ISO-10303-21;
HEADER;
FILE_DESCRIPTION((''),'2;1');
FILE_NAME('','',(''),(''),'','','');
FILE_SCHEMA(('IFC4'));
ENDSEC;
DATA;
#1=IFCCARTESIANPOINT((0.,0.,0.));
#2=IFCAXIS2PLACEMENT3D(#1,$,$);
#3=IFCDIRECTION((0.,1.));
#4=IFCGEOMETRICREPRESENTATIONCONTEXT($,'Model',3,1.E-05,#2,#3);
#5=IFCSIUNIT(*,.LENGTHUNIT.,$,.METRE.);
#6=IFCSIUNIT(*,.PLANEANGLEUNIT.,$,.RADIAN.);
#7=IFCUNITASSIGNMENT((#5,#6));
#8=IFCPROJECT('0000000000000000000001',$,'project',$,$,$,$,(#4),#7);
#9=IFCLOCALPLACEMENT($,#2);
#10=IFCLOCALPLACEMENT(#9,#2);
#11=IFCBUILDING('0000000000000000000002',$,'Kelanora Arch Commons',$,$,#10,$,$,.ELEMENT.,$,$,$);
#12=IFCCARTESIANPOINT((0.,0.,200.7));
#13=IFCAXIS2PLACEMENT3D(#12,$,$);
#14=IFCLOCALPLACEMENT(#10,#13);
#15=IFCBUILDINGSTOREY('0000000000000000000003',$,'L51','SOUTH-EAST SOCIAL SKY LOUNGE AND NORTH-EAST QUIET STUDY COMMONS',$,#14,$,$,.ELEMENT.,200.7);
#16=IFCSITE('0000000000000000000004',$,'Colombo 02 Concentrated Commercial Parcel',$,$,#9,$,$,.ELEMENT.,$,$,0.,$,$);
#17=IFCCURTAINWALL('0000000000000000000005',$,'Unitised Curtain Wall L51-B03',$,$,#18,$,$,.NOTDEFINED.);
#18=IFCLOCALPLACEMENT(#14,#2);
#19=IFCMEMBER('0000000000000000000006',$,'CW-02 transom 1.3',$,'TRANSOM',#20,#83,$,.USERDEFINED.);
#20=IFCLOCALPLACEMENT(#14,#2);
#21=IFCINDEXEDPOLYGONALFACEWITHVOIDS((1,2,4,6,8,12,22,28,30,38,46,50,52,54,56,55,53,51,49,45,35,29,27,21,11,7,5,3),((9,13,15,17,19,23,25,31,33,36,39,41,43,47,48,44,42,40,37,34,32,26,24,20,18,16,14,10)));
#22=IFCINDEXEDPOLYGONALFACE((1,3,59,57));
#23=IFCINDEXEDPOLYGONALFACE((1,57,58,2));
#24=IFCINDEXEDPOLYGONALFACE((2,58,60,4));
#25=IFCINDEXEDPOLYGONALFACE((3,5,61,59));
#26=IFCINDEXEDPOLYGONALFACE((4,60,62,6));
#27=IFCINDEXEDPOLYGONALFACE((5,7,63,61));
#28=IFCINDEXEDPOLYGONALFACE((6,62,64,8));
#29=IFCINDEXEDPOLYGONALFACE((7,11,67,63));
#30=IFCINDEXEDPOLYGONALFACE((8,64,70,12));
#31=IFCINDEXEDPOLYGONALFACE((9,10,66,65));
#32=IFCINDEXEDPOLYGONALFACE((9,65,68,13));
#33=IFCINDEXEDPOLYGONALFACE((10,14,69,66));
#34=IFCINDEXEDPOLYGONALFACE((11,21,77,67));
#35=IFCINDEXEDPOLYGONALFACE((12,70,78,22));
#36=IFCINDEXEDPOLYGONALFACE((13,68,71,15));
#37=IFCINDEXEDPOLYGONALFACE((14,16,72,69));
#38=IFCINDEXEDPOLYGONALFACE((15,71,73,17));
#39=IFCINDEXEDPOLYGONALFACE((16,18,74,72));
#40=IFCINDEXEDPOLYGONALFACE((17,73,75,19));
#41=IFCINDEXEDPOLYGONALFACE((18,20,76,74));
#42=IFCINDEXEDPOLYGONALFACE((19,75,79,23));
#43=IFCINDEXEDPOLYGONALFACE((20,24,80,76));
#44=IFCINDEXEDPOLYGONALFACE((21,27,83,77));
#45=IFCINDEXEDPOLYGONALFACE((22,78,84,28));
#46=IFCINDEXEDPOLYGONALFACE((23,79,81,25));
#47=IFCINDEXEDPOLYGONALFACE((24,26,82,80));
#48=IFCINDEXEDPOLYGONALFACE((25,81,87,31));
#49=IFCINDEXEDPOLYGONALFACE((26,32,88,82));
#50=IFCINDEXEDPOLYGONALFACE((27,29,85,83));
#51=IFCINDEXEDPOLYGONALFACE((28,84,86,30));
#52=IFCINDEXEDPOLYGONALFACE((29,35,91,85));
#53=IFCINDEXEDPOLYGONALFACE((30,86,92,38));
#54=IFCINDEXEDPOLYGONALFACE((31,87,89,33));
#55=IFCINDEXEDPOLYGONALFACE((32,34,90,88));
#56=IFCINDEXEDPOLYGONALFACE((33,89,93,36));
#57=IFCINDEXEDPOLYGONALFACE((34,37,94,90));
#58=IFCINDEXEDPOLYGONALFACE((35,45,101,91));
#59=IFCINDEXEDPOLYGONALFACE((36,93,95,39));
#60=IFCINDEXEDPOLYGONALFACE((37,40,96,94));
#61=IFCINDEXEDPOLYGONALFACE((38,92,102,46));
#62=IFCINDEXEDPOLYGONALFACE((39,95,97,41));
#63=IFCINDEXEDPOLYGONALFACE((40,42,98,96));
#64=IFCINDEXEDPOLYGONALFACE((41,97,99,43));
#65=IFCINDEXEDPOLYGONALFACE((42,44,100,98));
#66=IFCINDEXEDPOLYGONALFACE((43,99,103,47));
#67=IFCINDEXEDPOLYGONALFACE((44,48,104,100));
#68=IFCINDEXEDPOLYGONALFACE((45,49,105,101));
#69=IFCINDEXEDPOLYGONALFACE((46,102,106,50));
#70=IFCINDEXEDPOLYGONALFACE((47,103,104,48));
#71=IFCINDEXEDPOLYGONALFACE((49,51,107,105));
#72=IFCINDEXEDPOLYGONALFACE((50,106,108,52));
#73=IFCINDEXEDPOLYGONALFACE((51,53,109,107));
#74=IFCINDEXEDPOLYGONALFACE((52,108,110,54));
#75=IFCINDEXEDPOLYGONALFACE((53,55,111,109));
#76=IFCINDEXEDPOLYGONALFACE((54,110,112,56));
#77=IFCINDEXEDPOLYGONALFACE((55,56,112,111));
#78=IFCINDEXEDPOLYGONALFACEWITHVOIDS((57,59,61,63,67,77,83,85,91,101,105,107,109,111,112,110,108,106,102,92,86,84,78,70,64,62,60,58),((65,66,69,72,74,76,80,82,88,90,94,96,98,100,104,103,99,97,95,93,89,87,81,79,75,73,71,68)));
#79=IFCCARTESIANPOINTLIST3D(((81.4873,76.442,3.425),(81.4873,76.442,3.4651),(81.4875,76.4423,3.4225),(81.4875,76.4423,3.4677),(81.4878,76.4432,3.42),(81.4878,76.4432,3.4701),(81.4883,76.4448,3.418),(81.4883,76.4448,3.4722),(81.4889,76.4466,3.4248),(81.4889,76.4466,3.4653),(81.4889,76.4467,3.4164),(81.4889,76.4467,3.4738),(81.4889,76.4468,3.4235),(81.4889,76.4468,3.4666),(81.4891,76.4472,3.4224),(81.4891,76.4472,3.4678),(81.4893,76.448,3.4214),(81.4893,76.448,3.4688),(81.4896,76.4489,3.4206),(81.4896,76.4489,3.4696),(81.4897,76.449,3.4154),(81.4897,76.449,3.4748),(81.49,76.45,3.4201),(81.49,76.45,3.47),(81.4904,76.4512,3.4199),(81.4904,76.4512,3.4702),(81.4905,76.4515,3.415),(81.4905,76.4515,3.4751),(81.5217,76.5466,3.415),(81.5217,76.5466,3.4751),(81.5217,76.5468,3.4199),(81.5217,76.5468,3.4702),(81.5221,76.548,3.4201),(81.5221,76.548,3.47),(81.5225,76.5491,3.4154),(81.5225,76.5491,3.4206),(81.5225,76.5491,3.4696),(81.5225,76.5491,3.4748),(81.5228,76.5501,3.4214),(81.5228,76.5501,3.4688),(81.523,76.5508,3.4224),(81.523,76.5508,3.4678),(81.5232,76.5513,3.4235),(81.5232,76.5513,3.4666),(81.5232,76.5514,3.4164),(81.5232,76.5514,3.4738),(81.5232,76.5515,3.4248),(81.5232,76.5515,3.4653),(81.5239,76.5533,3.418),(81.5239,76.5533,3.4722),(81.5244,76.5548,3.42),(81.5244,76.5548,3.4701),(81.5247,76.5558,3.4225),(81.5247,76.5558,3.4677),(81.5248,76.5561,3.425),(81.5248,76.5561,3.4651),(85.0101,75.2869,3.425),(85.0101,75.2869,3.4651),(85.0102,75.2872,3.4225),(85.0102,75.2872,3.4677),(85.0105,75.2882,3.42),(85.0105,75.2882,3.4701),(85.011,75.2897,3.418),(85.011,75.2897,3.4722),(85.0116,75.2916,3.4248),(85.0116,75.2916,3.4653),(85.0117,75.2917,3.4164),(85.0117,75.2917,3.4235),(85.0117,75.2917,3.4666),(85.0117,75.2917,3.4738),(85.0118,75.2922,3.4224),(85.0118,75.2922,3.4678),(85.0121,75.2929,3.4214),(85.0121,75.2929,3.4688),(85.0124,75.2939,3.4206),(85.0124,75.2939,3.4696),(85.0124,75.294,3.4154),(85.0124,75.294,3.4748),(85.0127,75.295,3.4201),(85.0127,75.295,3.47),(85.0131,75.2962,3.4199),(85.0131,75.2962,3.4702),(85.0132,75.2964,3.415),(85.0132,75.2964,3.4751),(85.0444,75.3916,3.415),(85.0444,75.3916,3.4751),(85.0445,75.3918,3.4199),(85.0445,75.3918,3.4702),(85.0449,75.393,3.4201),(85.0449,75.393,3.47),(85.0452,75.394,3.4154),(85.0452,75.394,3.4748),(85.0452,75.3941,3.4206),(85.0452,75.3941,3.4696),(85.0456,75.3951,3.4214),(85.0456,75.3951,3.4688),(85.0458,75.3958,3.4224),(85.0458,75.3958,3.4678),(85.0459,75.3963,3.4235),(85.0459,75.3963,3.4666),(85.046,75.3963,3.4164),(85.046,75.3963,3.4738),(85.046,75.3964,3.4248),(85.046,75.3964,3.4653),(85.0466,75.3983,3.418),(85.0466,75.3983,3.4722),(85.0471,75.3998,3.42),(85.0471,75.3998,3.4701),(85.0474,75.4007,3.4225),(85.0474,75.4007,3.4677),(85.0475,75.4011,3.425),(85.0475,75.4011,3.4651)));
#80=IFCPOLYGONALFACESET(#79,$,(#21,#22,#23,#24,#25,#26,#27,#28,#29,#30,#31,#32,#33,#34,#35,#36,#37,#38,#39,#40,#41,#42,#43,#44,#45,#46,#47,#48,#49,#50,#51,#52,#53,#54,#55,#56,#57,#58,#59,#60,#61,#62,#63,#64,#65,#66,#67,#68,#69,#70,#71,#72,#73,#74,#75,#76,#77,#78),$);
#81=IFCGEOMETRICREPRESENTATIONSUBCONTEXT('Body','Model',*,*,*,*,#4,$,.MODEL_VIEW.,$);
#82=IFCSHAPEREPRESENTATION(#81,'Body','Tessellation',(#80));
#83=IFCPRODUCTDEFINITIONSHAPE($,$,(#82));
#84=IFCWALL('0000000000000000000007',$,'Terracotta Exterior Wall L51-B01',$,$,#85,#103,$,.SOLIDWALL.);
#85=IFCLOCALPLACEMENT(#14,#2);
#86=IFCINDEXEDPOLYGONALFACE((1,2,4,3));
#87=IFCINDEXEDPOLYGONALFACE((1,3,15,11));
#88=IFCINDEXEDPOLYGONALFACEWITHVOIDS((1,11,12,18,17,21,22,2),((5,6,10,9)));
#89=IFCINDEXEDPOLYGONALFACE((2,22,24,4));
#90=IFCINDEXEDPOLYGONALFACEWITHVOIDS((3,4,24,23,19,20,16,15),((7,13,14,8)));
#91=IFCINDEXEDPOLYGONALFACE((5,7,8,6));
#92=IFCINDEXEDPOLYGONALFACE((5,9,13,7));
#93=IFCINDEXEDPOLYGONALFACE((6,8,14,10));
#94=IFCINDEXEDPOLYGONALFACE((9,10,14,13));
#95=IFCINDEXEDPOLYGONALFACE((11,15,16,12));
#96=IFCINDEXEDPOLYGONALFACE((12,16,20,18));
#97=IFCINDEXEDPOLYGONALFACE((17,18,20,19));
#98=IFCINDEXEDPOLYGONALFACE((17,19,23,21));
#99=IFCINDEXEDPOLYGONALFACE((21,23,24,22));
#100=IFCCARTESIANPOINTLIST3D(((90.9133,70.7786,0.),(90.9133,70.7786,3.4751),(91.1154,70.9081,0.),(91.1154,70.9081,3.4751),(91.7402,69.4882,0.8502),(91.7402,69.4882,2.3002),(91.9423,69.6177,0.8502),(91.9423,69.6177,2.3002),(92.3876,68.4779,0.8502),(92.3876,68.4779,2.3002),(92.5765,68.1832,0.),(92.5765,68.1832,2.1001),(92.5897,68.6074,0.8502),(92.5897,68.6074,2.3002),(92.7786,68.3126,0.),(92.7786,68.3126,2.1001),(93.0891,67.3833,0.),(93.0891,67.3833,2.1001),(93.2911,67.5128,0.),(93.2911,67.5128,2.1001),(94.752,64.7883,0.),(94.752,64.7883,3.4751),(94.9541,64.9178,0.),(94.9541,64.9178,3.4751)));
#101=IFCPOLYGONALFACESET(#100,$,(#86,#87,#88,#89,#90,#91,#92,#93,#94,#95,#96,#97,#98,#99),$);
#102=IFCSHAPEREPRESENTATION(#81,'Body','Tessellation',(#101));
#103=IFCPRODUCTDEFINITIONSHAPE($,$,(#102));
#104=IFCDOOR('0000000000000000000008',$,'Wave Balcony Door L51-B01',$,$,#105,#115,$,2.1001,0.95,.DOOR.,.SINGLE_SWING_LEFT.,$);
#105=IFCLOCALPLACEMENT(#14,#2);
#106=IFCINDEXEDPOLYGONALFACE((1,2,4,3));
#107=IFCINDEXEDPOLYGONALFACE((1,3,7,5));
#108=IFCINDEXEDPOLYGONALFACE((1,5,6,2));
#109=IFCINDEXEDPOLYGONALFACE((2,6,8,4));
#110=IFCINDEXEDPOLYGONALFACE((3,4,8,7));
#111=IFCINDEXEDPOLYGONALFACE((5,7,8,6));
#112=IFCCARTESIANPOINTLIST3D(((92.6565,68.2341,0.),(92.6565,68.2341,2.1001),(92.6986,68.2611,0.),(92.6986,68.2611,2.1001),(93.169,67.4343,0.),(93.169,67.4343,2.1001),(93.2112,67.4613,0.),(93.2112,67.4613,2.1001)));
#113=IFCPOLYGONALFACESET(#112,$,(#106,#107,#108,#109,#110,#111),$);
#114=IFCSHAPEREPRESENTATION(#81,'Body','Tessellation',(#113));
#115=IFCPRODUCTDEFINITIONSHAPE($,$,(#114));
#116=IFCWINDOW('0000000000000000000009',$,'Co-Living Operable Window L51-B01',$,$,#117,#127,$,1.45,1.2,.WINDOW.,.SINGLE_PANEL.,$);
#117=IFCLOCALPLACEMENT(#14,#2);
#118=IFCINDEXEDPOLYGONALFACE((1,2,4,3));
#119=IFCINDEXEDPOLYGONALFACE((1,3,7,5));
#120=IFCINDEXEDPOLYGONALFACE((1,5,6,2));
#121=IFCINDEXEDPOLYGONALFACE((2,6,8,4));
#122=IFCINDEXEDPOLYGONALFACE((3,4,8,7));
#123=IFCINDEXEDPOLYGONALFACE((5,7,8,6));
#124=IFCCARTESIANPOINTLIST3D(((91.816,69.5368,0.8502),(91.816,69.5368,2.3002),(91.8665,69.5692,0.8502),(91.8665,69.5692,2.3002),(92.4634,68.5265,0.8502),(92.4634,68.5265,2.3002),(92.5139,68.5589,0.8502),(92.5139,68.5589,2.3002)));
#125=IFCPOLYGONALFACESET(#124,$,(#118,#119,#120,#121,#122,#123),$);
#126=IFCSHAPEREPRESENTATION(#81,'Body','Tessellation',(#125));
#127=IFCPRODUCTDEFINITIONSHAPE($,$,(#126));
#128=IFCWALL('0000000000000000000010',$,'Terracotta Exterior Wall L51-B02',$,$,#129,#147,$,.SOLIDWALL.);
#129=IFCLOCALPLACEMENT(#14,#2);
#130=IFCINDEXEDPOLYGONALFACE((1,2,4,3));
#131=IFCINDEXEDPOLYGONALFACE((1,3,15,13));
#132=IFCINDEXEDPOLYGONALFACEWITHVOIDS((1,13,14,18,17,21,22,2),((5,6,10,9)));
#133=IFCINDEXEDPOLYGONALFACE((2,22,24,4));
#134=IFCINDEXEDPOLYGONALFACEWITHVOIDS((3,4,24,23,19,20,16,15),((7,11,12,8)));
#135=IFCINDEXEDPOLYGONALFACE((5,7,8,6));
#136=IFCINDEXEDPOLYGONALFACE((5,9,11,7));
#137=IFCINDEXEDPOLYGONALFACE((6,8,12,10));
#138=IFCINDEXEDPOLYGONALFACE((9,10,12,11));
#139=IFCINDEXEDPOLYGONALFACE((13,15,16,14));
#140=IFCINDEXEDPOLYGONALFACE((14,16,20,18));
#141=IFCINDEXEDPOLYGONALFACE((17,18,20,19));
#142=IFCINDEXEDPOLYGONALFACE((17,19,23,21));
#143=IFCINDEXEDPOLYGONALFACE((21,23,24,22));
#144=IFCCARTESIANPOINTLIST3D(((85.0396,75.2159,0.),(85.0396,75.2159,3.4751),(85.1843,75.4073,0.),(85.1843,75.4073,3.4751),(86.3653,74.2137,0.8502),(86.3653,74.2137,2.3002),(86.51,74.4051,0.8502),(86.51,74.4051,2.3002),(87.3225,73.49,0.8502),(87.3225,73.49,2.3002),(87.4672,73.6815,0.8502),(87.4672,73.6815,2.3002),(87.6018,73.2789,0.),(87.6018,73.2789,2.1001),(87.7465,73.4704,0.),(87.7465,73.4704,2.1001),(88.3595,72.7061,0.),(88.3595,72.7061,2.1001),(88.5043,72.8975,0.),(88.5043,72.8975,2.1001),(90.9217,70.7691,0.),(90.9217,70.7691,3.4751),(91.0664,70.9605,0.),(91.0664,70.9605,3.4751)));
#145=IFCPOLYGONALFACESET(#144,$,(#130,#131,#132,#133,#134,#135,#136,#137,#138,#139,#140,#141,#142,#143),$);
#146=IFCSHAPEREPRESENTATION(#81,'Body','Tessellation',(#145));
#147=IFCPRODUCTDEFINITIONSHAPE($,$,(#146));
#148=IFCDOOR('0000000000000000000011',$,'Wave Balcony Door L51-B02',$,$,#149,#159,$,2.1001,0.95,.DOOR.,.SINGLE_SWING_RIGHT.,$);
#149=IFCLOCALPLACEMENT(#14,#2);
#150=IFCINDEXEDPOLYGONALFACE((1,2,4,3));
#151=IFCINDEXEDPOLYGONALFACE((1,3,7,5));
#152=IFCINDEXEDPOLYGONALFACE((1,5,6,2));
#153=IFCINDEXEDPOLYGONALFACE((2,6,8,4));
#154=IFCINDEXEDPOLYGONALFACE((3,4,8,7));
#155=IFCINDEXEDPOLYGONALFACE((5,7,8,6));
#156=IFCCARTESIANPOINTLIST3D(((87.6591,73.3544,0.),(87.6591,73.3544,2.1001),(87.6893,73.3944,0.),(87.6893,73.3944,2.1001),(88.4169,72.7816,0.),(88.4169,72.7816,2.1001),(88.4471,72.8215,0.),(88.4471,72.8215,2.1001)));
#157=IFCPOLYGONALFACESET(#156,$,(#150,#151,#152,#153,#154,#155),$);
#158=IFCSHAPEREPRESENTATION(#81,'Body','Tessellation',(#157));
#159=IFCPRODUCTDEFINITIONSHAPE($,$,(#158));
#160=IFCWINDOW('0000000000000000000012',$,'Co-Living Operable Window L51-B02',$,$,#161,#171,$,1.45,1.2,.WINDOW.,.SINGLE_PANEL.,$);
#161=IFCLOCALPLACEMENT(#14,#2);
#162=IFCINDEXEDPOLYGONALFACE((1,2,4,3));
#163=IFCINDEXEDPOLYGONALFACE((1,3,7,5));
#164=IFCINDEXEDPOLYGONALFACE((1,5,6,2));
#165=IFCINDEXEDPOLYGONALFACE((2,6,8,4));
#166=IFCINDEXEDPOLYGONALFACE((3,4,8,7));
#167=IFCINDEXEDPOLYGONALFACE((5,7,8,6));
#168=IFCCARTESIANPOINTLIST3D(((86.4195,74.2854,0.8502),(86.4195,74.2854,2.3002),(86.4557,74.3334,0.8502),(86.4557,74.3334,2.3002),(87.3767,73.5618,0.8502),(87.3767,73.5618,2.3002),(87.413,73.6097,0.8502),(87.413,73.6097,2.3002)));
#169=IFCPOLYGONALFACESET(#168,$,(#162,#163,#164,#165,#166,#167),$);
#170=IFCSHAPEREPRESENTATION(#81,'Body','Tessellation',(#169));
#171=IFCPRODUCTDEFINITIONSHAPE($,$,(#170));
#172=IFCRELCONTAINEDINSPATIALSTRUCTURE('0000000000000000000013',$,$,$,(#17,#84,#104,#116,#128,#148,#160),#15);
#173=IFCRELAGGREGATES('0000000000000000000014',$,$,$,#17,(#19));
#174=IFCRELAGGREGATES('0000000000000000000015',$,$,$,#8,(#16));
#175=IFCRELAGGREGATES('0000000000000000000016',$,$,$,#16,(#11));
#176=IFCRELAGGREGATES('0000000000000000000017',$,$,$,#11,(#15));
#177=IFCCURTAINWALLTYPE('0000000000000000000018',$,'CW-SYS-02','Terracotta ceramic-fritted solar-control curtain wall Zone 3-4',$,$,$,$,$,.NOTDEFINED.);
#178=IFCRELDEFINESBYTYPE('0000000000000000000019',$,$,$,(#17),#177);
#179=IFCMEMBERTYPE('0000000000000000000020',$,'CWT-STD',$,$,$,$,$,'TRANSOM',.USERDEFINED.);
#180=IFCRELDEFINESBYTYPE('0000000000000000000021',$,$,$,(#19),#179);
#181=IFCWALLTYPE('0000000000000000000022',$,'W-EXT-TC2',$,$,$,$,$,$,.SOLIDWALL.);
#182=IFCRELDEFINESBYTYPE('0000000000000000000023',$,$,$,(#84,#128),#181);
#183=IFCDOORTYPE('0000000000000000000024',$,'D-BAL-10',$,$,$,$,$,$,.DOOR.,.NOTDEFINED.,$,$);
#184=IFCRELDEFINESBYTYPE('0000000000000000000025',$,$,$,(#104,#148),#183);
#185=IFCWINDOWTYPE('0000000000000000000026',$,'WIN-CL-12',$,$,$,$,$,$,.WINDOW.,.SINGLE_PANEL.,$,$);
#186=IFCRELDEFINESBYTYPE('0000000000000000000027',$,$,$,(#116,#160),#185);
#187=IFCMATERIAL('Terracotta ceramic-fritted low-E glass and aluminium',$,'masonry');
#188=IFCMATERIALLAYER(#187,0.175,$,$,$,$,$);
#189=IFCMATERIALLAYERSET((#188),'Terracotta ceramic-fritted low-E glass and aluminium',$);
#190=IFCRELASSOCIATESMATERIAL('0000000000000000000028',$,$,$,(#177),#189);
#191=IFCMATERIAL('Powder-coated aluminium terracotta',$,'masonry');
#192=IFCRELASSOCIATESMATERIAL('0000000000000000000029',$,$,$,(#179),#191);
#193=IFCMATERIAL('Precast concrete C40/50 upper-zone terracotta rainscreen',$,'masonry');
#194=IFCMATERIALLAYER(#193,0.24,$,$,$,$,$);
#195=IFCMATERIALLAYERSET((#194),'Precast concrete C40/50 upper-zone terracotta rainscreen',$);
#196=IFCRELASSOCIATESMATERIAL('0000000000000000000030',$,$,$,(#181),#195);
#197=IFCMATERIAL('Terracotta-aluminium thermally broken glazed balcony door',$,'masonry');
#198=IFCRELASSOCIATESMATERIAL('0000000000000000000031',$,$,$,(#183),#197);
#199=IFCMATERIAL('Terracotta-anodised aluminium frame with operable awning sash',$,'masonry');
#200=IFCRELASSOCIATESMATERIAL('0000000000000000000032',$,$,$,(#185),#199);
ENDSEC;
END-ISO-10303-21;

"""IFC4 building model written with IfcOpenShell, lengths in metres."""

from ifc_helpers import new_model, si_unit, direction, frame, frame_2d, origin, origin_2d, place, context, subcontext, project, spatial, rectangle, hollow_rectangle, extrude, material, layer, layer_set, material_profile, profile_set, type_object, element, fill, aggregate, save


model = new_model("IFC4")

# Units and contexts
model_context = context("Model", 3, precision=1e-05, world=origin(), true_north=direction((0.0, 1.0)))
body_context = subcontext(model_context, "Body", "Model", "MODEL_VIEW")
ifc_project = project(units=[si_unit("LENGTHUNIT", "METRE"), si_unit("PLANEANGLEUNIT", "RADIAN")], contexts=[model_context])

# Site, building, storey
site_placement = place(None, origin())
site = spatial("IfcSite", under=ifc_project, at=site_placement, Name="Colombo 02 Concentrated Commercial Parcel", CompositionType="ELEMENT", RefElevation=0.0)
building_placement = place(site_placement, origin())
building = spatial("IfcBuilding", under=site, at=building_placement, Name="Kelanora Arch Commons", CompositionType="ELEMENT")
storey_placement = place(building_placement, frame((0.0, 0.0, 200.7)))
storey = spatial("IfcBuildingStorey", under=building, at=storey_placement, Name="L51", Description="SOUTH-EAST SOCIAL SKY LOUNGE AND NORTH-EAST QUIET STUDY COMMONS", CompositionType="ELEMENT", Elevation=200.7)

# Shared definitions
ifc_material_1 = material(Name="Terracotta ceramic-fritted low-E glass and aluminium", Category="masonry")
ifc_layer_1 = layer(ifc_material_1, 0.175)
ifc_layer_set_1 = layer_set([ifc_layer_1], Name="Terracotta ceramic-fritted low-E glass and aluminium")
curtain_wall_type = type_object("IfcCurtainWallType", Name="CW-SYS-02", Description="Terracotta ceramic-fritted solar-control curtain wall Zone 3-4", PredefinedType="NOTDEFINED", material=ifc_layer_set_1)
ifc_material_2 = material(Name="Powder-coated aluminium terracotta", Category="masonry")

# Curtain wall, member
curtain_wall_1_placement = place(storey_placement, origin())
curtain_wall_1 = element("IfcCurtainWall", 1, at=curtain_wall_1_placement, inside=storey, type_object=curtain_wall_type, Name="Unitised Curtain Wall L51-B03", PredefinedType="NOTDEFINED")
ifc_material_profile_1 = material_profile(ifc_material_2, hollow_rectangle(XDim=0.1201, YDim=0.0601, WallThickness=0.0049, InnerFilletRadius=0.0049, OuterFilletRadius=0.01, at=origin_2d()), Name="CWT120x60")
ifc_profile_set_1 = profile_set([ifc_material_profile_1], Name="Powder-coated aluminium terracotta")
member_type_1 = type_object("IfcMemberType", Name="CWT-STD", ElementType="TRANSOM", PredefinedType="USERDEFINED", material=ifc_profile_set_1)
member_1_placement = place(storey_placement, frame((85.0288, 75.344, 3.4451), z_axis=(-0.950226, 0.311561, 0.0), x_axis=(-0.311561, -0.950226, 0.0)))
member_1 = element("IfcMember", 2, at=member_1_placement, type_object=member_type_1, Name="CW-02 transom 1.3", ObjectType="TRANSOM", PredefinedType="USERDEFINED", context=body_context, shape_type="SweptSolid", body=[
    extrude(hollow_rectangle(XDim=0.1201, YDim=0.0601, WallThickness=0.0049, InnerFilletRadius=0.0049, OuterFilletRadius=0.01, at=origin_2d()), origin(), (0.0, 0.0, 1.0), 3.7073),
])
aggregate(curtain_wall_1, [member_1])

# Walls, openings, doors, windows
ifc_material_3 = material(Name="Precast concrete C40/50 upper-zone terracotta rainscreen", Category="masonry")
ifc_layer_2 = layer(ifc_material_3, 0.24)
ifc_layer_set_2 = layer_set([ifc_layer_2], Name="Precast concrete C40/50 upper-zone terracotta rainscreen")
wall_type_1 = type_object("IfcWallType", Name="W-EXT-TC2", PredefinedType="SOLIDWALL", material=ifc_layer_set_2)
wall_1_placement = place(storey_placement, frame((94.853, 64.853, 0.0), z_axis=(0.0, 0.0, 1.0), x_axis=(-0.53954, 0.84196, 0.0)))
wall_1 = element("IfcWall", 3, at=wall_1_placement, inside=storey, type_object=wall_type_1, Name="Terracotta Exterior Wall L51-B01", PredefinedType="SOLIDWALL", context=body_context, shape_type="SweptSolid", body=[
    extrude(rectangle(XDim=7.1147, YDim=0.24, at=frame_2d((3.5574, 0.0))), origin(), (0.0, 0.0, 1.0), 3.4751),
])
opening_1_placement = place(wall_1_placement, frame((3.082, 0.0, 0.0)))
opening_1 = element("IfcOpeningElement", 4, at=opening_1_placement, cuts=wall_1, PredefinedType="OPENING", context=body_context, shape_type="SweptSolid", body=[
    extrude(rectangle(XDim=0.95, YDim=2.1001, at=frame_2d((0.4751, 1.05))), frame((0.0, 0.1299, 0.0), z_axis=(0.0, -1.0, 0.0), x_axis=(1.0, 0.0, 0.0)), (0.0, 0.0, 1.0), 0.26),
])
opening_2_placement = place(wall_1_placement, frame((4.3821, 0.0, 0.8501)))
opening_2 = element("IfcOpeningElement", 5, at=opening_2_placement, cuts=wall_1, PredefinedType="OPENING", context=body_context, shape_type="SweptSolid", body=[
    extrude(rectangle(XDim=1.2, YDim=1.45, at=frame_2d((0.6001, 0.7251))), frame((0.0, 0.1299, 0.0), z_axis=(0.0, -1.0, 0.0), x_axis=(1.0, 0.0, 0.0)), (0.0, 0.0, 1.0), 0.26),
])
ifc_material_4 = material(Name="Terracotta-aluminium thermally broken glazed balcony door", Category="masonry")
door_type = type_object("IfcDoorType", Name="D-BAL-10", OperationType="NOTDEFINED", PredefinedType="DOOR", material=ifc_material_4)
door_1_placement = place(opening_1_placement, frame((0.95, 0.0, 0.0), z_axis=(0.0, 0.0, 1.0), x_axis=(-1.0, 0.0, 0.0)))
door_1 = element("IfcDoor", 6, at=door_1_placement, inside=storey, type_object=door_type, Name="Wave Balcony Door L51-B01", OperationType="SINGLE_SWING_LEFT", OverallHeight=2.1001, OverallWidth=0.95, PredefinedType="DOOR", context=body_context, shape_type="SweptSolid", body=[
    extrude(rectangle(XDim=0.95, YDim=2.1001, at=frame_2d((0.4751, 1.05))), frame((0.0, 0.0249, 0.0), z_axis=(0.0, -1.0, 0.0), x_axis=(1.0, 0.0, 0.0)), (0.0, 0.0, 1.0), 0.05),
])
fill(opening_1, door_1)
ifc_material_5 = material(Name="Terracotta-anodised aluminium frame with operable awning sash", Category="masonry")
window_type = type_object("IfcWindowType", Name="WIN-CL-12", PartitioningType="SINGLE_PANEL", PredefinedType="WINDOW", material=ifc_material_5)
window_1_placement = place(opening_2_placement, origin())
window_1 = element("IfcWindow", 7, at=window_1_placement, inside=storey, type_object=window_type, Name="Co-Living Operable Window L51-B01", OverallHeight=1.45, OverallWidth=1.2, PartitioningType="SINGLE_PANEL", PredefinedType="WINDOW", context=body_context, shape_type="SweptSolid", body=[
    extrude(rectangle(XDim=1.2, YDim=1.45, at=frame_2d((0.6001, 0.7251))), frame((0.0, 0.03, 0.0), z_axis=(0.0, -1.0, 0.0), x_axis=(1.0, 0.0, 0.0)), (0.0, 0.0, 1.0), 0.0601),
])
fill(opening_2, window_1)
wall_2_placement = place(storey_placement, frame((90.9941, 70.8647, 0.0), z_axis=(0.0, 0.0, 1.0), x_axis=(-0.797702, 0.603052, 0.0)))
wall_2 = element("IfcWall", 8, at=wall_2_placement, inside=storey, type_object=wall_type_1, Name="Terracotta Exterior Wall L51-B02", PredefinedType="SOLIDWALL", context=body_context, shape_type="SweptSolid", body=[
    extrude(rectangle(XDim=7.3738, YDim=0.24, at=frame_2d((3.687, 0.0))), origin(), (0.0, 0.0, 1.0), 3.4751),
])
opening_3_placement = place(wall_2_placement, frame((3.2119, 0.0, 0.0)))
opening_3 = element("IfcOpeningElement", 9, at=opening_3_placement, cuts=wall_2, PredefinedType="OPENING", context=body_context, shape_type="SweptSolid", body=[
    extrude(rectangle(XDim=0.95, YDim=2.1001, at=frame_2d((0.4751, 1.05))), frame((0.0, 0.1299, 0.0), z_axis=(0.0, -1.0, 0.0), x_axis=(1.0, 0.0, 0.0)), (0.0, 0.0, 1.0), 0.26),
])
opening_4_placement = place(wall_2_placement, frame((4.512, 0.0, 0.8501)))
opening_4 = element("IfcOpeningElement", 10, at=opening_4_placement, cuts=wall_2, PredefinedType="OPENING", context=body_context, shape_type="SweptSolid", body=[
    extrude(rectangle(XDim=1.2, YDim=1.45, at=frame_2d((0.6001, 0.7251))), frame((0.0, 0.1299, 0.0), z_axis=(0.0, -1.0, 0.0), x_axis=(1.0, 0.0, 0.0)), (0.0, 0.0, 1.0), 0.26),
])
door_2_placement = place(opening_3_placement, frame((0.95, 0.0, 0.0), z_axis=(0.0, 0.0, 1.0), x_axis=(-1.0, 0.0, 0.0)))
door_2 = element("IfcDoor", 11, at=door_2_placement, inside=storey, type_object=door_type, Name="Wave Balcony Door L51-B02", OperationType="SINGLE_SWING_RIGHT", OverallHeight=2.1001, OverallWidth=0.95, PredefinedType="DOOR", context=body_context, shape_type="SweptSolid", body=[
    extrude(rectangle(XDim=0.95, YDim=2.1001, at=frame_2d((0.4751, 1.05))), frame((0.0, 0.0249, 0.0), z_axis=(0.0, -1.0, 0.0), x_axis=(1.0, 0.0, 0.0)), (0.0, 0.0, 1.0), 0.05),
])
fill(opening_3, door_2)
window_2_placement = place(opening_4_placement, origin())
window_2 = element("IfcWindow", 12, at=window_2_placement, inside=storey, type_object=window_type, Name="Co-Living Operable Window L51-B02", OverallHeight=1.45, OverallWidth=1.2, PartitioningType="SINGLE_PANEL", PredefinedType="WINDOW", context=body_context, shape_type="SweptSolid", body=[
    extrude(rectangle(XDim=1.2, YDim=1.45, at=frame_2d((0.6001, 0.7251))), frame((0.0, 0.03, 0.0), z_axis=(0.0, -1.0, 0.0), x_axis=(1.0, 0.0, 0.0)), (0.0, 0.0, 1.0), 0.0601),
])
fill(opening_4, window_2)

save(model, "model.ifc")
